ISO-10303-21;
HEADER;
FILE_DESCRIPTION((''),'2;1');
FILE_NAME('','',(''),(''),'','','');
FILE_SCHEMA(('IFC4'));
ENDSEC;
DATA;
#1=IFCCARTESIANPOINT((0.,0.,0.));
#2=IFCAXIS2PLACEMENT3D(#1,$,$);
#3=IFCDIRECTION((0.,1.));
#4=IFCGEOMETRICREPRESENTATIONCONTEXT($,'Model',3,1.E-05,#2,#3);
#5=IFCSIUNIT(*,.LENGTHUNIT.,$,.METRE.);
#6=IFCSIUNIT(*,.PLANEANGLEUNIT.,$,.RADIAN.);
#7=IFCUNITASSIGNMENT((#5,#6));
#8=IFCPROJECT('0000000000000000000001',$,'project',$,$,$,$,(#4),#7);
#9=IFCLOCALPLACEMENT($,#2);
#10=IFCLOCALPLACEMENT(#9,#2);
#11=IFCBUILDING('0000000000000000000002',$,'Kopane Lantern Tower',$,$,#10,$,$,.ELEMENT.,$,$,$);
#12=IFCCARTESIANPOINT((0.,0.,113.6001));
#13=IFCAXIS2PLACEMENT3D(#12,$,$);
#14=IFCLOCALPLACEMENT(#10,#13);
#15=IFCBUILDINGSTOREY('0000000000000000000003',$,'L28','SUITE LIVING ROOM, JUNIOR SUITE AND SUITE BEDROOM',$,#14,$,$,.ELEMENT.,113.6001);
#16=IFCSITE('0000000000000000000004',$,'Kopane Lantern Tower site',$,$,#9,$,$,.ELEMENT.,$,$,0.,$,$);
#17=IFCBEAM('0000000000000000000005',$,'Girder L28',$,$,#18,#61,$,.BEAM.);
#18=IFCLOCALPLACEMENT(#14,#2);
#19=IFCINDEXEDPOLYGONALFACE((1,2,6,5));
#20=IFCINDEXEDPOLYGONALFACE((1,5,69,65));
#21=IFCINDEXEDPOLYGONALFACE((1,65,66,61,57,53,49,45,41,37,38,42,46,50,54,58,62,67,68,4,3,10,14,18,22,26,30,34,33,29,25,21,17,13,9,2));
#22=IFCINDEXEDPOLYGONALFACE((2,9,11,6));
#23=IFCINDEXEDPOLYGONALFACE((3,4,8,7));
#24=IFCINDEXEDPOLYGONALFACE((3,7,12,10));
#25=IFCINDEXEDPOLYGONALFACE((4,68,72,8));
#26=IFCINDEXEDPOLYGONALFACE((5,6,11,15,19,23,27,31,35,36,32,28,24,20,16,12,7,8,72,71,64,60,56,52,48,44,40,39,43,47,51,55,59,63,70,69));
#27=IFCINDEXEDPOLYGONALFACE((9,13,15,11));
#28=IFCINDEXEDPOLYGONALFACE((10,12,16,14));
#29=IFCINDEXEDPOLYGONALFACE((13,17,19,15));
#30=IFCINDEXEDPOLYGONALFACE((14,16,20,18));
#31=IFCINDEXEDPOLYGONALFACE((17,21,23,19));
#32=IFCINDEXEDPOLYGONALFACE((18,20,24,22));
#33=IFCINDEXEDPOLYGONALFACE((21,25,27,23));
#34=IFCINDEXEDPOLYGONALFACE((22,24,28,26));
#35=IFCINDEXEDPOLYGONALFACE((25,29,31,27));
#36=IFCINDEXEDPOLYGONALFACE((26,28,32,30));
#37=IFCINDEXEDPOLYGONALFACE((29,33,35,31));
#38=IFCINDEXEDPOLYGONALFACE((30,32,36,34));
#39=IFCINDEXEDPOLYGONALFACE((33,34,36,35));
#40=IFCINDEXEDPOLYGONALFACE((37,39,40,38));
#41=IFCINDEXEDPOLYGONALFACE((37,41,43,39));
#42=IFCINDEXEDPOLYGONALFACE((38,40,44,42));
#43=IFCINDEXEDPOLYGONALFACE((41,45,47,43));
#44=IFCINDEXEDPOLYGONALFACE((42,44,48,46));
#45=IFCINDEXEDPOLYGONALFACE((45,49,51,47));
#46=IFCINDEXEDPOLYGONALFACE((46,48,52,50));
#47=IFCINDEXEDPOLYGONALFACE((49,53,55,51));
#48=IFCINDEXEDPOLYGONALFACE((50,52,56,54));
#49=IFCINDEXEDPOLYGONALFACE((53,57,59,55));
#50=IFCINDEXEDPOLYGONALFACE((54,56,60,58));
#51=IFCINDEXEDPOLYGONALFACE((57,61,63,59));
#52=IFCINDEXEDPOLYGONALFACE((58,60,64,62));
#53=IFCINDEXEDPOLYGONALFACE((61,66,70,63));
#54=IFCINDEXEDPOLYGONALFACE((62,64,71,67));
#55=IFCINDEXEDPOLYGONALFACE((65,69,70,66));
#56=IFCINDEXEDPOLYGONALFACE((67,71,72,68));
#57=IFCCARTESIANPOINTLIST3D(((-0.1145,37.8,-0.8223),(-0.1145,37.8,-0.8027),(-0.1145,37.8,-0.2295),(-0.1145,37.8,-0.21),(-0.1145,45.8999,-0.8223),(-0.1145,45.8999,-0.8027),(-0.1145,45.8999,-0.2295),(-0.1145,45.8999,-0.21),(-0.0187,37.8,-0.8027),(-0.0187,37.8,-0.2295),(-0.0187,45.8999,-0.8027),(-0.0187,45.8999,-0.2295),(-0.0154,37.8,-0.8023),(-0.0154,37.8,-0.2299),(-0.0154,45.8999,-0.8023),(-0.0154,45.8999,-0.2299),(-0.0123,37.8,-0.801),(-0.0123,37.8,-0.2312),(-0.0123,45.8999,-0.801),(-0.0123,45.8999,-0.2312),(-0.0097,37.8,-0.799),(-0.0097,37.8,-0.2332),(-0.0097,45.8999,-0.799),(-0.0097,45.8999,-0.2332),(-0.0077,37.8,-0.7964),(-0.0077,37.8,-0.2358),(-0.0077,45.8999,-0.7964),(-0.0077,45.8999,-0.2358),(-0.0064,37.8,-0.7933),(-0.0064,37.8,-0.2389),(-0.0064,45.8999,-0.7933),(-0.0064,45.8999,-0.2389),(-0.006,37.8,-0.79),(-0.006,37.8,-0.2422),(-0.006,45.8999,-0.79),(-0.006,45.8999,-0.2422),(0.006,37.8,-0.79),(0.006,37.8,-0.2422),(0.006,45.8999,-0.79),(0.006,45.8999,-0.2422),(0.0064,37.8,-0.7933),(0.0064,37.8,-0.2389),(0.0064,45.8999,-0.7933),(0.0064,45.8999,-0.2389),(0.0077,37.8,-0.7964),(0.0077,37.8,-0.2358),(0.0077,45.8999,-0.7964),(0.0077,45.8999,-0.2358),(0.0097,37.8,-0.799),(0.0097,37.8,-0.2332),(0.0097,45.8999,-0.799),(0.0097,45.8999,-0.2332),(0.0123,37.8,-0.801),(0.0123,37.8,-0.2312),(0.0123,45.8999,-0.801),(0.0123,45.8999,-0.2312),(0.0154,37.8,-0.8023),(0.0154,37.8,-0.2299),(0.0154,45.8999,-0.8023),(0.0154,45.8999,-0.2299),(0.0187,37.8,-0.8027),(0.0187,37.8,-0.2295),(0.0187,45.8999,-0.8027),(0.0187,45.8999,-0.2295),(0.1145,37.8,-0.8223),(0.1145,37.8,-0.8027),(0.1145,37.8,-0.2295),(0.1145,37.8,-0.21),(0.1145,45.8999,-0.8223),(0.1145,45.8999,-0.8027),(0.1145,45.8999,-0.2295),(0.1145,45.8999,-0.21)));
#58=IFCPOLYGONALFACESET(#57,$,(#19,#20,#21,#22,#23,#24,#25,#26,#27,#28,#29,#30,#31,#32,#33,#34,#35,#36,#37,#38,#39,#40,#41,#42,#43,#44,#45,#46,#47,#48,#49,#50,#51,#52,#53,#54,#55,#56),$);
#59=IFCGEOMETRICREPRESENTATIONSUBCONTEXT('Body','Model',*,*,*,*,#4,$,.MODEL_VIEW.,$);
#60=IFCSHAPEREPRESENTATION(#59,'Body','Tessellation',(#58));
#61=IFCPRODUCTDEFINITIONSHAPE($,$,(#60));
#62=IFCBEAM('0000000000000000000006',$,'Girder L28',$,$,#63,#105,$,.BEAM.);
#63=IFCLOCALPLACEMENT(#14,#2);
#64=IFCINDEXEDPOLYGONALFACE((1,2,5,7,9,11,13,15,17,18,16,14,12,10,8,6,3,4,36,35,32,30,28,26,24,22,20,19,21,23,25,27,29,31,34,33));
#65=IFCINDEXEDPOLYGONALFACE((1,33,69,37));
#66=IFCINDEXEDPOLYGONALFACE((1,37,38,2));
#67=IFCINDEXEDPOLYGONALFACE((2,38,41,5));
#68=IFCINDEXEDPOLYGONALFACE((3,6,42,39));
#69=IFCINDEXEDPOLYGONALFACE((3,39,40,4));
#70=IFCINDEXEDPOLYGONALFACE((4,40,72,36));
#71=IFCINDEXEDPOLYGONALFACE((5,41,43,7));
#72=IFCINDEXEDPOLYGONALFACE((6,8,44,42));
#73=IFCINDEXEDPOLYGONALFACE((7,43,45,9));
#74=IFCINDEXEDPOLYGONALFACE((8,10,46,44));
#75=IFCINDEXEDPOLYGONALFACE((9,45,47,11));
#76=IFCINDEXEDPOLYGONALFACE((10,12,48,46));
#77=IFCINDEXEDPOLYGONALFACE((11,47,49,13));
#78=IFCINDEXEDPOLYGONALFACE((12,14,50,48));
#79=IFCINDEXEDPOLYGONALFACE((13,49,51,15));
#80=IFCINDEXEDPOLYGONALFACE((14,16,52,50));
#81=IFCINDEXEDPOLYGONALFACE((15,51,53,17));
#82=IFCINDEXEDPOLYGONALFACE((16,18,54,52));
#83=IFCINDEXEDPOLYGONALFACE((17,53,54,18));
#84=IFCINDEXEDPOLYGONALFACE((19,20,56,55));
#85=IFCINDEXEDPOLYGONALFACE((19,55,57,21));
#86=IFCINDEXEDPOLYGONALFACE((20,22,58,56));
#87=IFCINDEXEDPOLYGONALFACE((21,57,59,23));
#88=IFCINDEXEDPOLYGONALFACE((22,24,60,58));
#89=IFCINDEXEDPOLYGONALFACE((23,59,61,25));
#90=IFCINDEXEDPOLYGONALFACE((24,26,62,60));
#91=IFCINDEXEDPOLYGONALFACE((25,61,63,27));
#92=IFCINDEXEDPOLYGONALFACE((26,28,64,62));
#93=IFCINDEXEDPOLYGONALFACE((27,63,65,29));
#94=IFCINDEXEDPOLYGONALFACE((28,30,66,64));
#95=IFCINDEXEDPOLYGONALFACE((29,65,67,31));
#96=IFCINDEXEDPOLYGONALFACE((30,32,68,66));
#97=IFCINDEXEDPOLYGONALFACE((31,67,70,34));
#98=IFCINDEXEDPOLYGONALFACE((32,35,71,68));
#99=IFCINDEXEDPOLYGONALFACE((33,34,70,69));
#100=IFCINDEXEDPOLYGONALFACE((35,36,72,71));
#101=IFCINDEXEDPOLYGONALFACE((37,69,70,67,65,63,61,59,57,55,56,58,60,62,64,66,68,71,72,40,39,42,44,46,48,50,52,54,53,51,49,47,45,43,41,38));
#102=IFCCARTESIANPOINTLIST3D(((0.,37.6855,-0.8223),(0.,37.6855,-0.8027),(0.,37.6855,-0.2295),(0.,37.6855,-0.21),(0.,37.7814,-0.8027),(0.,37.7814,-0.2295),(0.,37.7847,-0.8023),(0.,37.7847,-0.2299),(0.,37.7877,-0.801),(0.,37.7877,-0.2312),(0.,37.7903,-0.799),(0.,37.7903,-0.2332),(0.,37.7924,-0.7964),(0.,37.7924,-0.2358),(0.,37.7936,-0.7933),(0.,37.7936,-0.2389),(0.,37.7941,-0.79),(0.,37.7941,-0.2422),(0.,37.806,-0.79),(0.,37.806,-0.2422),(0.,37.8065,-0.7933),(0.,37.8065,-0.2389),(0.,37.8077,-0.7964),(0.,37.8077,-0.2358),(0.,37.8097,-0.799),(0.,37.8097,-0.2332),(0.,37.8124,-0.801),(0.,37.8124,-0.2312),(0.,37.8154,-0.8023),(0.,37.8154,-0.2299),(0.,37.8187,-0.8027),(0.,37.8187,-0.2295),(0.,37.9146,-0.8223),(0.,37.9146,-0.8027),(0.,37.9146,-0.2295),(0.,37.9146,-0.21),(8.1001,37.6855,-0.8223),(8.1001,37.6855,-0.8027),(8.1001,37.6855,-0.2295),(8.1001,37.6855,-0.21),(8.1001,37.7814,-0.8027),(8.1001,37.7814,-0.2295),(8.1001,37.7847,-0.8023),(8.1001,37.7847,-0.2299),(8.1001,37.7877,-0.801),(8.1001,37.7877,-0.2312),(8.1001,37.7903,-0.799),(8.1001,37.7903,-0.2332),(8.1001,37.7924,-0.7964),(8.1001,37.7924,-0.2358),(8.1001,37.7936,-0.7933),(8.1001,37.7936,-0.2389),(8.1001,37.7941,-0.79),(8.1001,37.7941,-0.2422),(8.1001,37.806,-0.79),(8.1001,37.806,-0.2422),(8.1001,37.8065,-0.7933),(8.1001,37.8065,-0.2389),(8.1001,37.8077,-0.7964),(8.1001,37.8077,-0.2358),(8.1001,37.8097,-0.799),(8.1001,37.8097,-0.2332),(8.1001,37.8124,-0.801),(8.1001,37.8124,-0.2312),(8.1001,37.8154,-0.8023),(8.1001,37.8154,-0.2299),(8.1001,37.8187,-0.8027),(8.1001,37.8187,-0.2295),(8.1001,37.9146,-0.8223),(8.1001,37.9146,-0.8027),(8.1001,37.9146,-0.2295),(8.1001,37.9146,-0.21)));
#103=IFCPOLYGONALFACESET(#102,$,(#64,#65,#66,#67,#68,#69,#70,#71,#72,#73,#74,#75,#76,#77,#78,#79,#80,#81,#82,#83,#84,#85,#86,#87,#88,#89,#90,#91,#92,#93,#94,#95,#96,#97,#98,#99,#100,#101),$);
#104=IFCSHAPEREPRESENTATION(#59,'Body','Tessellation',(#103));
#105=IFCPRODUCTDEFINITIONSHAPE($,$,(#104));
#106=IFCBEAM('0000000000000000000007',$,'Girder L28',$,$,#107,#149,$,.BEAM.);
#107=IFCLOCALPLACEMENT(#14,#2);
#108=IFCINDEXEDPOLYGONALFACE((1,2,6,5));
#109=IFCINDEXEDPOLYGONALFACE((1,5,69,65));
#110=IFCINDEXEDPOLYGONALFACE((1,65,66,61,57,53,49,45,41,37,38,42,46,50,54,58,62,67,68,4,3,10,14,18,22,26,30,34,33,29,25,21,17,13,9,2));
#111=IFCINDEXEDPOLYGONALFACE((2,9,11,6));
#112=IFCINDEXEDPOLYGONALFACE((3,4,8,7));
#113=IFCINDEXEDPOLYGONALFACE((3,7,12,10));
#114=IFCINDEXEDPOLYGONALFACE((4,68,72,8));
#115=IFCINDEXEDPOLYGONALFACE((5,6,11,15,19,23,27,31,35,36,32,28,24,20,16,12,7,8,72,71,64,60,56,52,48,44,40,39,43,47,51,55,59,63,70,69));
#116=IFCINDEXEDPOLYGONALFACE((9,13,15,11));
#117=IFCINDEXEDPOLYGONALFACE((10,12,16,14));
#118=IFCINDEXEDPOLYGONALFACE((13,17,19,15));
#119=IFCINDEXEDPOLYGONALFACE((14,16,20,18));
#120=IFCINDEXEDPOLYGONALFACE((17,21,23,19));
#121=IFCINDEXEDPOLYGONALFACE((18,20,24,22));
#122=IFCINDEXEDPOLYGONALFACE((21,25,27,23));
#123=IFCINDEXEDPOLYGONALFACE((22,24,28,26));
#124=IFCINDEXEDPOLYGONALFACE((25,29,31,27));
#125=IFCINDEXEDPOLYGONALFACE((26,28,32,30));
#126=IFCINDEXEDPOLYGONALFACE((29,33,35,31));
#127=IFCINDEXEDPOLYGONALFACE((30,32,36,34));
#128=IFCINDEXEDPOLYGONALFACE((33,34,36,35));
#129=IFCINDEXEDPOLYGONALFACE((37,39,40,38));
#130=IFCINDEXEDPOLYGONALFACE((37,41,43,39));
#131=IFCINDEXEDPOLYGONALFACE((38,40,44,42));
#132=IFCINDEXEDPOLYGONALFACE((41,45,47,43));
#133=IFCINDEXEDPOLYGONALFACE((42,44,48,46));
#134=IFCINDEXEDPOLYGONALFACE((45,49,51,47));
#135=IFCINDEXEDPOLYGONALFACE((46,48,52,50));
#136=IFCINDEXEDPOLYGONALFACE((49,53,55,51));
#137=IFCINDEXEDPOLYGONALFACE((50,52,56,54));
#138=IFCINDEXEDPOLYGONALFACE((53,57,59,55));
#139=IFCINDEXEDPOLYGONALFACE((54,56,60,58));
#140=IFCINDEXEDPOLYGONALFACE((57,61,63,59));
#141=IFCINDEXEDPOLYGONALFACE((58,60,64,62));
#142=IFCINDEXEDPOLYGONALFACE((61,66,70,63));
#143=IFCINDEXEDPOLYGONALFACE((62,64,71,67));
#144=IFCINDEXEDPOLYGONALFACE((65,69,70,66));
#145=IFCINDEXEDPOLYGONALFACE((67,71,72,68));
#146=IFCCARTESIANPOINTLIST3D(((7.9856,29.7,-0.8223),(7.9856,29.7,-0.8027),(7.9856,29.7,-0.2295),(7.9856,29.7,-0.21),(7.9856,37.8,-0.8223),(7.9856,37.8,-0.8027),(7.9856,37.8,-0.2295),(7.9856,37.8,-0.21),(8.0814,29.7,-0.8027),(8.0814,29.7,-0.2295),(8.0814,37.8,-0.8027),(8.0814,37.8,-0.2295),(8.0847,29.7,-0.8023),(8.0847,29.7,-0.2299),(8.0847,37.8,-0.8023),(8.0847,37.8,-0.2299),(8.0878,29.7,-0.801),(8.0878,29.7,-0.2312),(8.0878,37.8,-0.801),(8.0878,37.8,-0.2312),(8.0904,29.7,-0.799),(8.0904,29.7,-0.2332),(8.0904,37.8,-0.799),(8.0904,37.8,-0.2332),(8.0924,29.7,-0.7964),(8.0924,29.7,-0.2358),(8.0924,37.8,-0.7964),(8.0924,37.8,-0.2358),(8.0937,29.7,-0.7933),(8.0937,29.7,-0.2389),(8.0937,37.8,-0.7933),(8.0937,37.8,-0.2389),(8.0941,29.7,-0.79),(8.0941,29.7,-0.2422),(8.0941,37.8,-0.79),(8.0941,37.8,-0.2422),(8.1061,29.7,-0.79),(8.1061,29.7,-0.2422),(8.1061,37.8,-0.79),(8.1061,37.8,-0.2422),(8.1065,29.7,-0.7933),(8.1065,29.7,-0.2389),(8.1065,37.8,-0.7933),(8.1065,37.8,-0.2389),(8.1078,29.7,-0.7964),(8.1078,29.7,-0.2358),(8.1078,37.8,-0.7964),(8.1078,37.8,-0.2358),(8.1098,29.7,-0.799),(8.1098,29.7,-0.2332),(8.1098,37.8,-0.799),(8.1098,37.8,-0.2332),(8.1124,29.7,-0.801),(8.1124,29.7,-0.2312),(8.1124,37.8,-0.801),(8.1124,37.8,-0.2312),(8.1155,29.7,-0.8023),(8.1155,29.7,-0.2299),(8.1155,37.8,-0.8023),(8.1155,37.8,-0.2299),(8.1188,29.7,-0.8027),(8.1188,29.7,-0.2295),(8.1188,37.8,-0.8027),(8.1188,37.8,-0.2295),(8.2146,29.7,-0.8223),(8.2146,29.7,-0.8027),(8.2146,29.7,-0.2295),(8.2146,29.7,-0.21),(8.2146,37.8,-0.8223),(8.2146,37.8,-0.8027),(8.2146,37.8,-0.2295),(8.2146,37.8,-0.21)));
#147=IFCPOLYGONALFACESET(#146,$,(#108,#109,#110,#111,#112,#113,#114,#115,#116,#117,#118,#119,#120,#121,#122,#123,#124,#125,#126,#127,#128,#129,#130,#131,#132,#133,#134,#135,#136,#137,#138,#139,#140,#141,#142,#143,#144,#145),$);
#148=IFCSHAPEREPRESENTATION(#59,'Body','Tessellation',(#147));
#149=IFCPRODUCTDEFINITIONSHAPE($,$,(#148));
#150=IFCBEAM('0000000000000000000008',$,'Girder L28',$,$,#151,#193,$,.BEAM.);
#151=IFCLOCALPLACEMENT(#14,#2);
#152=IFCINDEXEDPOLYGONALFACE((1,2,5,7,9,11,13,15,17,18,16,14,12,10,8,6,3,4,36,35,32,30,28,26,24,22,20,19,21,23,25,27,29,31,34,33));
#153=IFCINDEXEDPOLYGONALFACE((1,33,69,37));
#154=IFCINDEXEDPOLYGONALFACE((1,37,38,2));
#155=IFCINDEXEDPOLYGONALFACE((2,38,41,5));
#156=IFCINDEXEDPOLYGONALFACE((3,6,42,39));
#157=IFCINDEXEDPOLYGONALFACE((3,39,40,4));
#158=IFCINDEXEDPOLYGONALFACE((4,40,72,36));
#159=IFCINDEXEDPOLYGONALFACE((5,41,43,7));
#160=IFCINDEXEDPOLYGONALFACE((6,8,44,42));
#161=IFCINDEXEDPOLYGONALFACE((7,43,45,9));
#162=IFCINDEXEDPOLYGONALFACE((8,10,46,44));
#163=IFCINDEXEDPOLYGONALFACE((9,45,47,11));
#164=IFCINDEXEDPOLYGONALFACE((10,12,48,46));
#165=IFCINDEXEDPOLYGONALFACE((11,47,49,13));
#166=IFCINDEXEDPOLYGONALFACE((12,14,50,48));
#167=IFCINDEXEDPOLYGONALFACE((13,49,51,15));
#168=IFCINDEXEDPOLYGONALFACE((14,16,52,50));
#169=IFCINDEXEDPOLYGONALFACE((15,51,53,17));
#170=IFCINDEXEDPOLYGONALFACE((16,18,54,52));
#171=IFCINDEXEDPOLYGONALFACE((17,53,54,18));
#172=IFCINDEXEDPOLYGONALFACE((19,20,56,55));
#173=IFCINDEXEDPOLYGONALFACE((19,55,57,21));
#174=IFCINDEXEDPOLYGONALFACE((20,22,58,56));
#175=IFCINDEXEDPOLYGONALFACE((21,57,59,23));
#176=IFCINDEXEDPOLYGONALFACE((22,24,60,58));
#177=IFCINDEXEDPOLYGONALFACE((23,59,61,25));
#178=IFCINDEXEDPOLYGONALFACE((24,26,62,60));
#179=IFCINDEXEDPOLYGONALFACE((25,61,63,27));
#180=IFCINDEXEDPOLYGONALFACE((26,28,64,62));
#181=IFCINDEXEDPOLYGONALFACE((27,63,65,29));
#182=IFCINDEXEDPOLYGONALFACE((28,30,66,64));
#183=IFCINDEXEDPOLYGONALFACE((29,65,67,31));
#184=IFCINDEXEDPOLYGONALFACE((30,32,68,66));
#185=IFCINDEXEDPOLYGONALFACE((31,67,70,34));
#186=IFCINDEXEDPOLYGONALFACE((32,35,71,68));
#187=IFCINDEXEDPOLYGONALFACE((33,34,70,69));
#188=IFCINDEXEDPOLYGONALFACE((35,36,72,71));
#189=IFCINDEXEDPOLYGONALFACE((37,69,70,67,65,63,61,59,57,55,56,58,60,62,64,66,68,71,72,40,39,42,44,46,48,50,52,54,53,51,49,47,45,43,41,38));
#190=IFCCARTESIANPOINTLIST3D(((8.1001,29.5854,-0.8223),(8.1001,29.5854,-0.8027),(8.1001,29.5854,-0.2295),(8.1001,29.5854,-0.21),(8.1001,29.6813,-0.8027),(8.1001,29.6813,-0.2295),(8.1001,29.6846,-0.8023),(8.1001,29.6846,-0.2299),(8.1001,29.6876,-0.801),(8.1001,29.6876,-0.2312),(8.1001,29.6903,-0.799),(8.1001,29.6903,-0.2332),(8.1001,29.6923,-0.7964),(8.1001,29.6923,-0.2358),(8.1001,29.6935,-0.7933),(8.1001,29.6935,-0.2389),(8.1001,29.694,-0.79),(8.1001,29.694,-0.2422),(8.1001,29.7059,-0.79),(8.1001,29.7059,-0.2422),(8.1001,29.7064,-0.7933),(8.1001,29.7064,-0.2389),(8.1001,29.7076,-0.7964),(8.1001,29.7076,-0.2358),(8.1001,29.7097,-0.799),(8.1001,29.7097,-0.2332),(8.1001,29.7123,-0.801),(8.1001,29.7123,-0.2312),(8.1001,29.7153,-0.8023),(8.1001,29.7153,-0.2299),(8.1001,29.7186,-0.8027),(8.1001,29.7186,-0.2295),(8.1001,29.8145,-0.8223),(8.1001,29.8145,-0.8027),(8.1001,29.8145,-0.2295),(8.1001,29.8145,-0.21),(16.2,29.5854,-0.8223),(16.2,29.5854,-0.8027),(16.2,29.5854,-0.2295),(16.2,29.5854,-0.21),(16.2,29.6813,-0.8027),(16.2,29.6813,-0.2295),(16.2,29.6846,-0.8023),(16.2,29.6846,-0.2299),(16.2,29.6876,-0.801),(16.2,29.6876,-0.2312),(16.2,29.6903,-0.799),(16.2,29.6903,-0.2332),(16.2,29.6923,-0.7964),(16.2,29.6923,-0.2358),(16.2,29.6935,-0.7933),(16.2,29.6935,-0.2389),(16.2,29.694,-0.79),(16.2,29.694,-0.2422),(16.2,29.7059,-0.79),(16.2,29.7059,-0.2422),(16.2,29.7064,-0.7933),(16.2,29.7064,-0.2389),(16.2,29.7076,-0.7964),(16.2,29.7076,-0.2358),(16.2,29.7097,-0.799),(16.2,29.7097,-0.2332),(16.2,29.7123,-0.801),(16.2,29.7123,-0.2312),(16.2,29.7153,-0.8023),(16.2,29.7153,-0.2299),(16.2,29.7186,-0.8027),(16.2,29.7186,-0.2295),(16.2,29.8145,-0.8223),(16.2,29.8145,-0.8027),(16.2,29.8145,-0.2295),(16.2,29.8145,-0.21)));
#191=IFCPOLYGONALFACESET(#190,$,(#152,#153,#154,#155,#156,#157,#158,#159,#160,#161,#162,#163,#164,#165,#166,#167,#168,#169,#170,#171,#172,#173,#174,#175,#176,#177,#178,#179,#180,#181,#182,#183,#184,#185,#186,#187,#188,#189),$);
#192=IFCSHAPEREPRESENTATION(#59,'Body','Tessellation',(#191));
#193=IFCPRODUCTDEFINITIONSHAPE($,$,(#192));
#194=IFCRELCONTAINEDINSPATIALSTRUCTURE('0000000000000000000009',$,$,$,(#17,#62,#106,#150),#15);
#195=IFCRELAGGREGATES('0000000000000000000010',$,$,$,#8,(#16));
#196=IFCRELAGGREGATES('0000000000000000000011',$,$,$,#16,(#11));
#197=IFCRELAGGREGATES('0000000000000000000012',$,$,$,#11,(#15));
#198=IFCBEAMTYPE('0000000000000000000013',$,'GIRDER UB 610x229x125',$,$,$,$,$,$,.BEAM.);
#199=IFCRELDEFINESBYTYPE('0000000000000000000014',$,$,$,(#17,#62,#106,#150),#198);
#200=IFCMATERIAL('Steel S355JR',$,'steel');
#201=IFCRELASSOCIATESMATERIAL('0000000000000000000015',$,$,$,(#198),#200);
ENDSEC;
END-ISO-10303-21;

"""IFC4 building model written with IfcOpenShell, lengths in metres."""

from ifc_helpers import new_model, si_unit, direction, frame, origin, origin_2d, place, context, subcontext, project, spatial, i_section, extrude, material, material_profile, profile_set, type_object, element, save


model = new_model("IFC4")

# Units and contexts
model_context = context("Model", 3, precision=1e-05, world=origin(), true_north=direction((0.0, 1.0)))
body_context = subcontext(model_context, "Body", "Model", "MODEL_VIEW")
ifc_project = project(units=[si_unit("LENGTHUNIT", "METRE"), si_unit("PLANEANGLEUNIT", "RADIAN")], contexts=[model_context])

# Site, building, storey
site_placement = place(None, origin())
site = spatial("IfcSite", under=ifc_project, at=site_placement, Name="Kopane Lantern Tower site", CompositionType="ELEMENT", RefElevation=0.0)
building_placement = place(site_placement, origin())
building = spatial("IfcBuilding", under=site, at=building_placement, Name="Kopane Lantern Tower", CompositionType="ELEMENT")
storey_placement = place(building_placement, frame((0.0, 0.0, 113.6001)))
storey = spatial("IfcBuildingStorey", under=building, at=storey_placement, Name="L28", Description="SUITE LIVING ROOM, JUNIOR SUITE AND SUITE BEDROOM", CompositionType="ELEMENT", Elevation=113.6001)

# Beams
ifc_material_1 = material(Name="Steel S355JR", Category="steel")
ifc_material_profile_1 = material_profile(ifc_material_1, i_section(OverallWidth=0.229, OverallDepth=0.6123, WebThickness=0.012, FlangeThickness=0.0195, FilletRadius=0.0127, at=origin_2d()), Name="UB 610x229x125")
ifc_profile_set_1 = profile_set([ifc_material_profile_1], Name="Steel S355JR")
beam_type = type_object("IfcBeamType", Name="GIRDER UB 610x229x125", PredefinedType="BEAM", material=ifc_profile_set_1)
beam_placement = place(storey_placement, frame((0.0, 37.8, -0.5161), z_axis=(0.0, 1.0, 0.0), x_axis=(-1.0, 0.0, 0.0)))
element("IfcBeam", 1, at=beam_placement, inside=storey, type_object=beam_type, Name="Girder L28", PredefinedType="BEAM", context=body_context, shape_type="SweptSolid", body=[
    extrude(i_section(OverallWidth=0.229, OverallDepth=0.6123, WebThickness=0.012, FlangeThickness=0.0195, FilletRadius=0.0127, at=origin_2d()), origin(), (0.0, 0.0, 1.0), 8.0999),
])
for number, where, z_axis, x_axis, name in (
    (2, (0.0, 37.8, -0.5161), (1.0, 0.0, 0.0), (0.0, 1.0, 0.0), "Girder L28"),
    (3, (8.1001, 29.7, -0.5161), (0.0, 1.0, 0.0), (-1.0, 0.0, 0.0), "Girder L28"),
):
    element("IfcBeam", number, at=place(storey_placement, frame(where, z_axis=z_axis, x_axis=x_axis)), inside=storey, type_object=beam_type, Name=name, PredefinedType="BEAM", context=body_context, shape_type="SweptSolid", body=[
        extrude(i_section(OverallWidth=0.229, OverallDepth=0.6123, WebThickness=0.012, FlangeThickness=0.0195, FilletRadius=0.0127, at=origin_2d()), origin(), (0.0, 0.0, 1.0), 8.1001),
    ])
for number, where, z_axis, x_axis, name in (
    (4, (8.1001, 29.7, -0.5161), (1.0, 0.0, 0.0), (0.0, 1.0, 0.0), "Girder L28"),
):
    element("IfcBeam", number, at=place(storey_placement, frame(where, z_axis=z_axis, x_axis=x_axis)), inside=storey, type_object=beam_type, Name=name, PredefinedType="BEAM", context=body_context, shape_type="SweptSolid", body=[
        extrude(i_section(OverallWidth=0.229, OverallDepth=0.6123, WebThickness=0.012, FlangeThickness=0.0195, FilletRadius=0.0127, at=origin_2d()), origin(), (0.0, 0.0, 1.0), 8.0999),
    ])

save(model, "model.ifc")
